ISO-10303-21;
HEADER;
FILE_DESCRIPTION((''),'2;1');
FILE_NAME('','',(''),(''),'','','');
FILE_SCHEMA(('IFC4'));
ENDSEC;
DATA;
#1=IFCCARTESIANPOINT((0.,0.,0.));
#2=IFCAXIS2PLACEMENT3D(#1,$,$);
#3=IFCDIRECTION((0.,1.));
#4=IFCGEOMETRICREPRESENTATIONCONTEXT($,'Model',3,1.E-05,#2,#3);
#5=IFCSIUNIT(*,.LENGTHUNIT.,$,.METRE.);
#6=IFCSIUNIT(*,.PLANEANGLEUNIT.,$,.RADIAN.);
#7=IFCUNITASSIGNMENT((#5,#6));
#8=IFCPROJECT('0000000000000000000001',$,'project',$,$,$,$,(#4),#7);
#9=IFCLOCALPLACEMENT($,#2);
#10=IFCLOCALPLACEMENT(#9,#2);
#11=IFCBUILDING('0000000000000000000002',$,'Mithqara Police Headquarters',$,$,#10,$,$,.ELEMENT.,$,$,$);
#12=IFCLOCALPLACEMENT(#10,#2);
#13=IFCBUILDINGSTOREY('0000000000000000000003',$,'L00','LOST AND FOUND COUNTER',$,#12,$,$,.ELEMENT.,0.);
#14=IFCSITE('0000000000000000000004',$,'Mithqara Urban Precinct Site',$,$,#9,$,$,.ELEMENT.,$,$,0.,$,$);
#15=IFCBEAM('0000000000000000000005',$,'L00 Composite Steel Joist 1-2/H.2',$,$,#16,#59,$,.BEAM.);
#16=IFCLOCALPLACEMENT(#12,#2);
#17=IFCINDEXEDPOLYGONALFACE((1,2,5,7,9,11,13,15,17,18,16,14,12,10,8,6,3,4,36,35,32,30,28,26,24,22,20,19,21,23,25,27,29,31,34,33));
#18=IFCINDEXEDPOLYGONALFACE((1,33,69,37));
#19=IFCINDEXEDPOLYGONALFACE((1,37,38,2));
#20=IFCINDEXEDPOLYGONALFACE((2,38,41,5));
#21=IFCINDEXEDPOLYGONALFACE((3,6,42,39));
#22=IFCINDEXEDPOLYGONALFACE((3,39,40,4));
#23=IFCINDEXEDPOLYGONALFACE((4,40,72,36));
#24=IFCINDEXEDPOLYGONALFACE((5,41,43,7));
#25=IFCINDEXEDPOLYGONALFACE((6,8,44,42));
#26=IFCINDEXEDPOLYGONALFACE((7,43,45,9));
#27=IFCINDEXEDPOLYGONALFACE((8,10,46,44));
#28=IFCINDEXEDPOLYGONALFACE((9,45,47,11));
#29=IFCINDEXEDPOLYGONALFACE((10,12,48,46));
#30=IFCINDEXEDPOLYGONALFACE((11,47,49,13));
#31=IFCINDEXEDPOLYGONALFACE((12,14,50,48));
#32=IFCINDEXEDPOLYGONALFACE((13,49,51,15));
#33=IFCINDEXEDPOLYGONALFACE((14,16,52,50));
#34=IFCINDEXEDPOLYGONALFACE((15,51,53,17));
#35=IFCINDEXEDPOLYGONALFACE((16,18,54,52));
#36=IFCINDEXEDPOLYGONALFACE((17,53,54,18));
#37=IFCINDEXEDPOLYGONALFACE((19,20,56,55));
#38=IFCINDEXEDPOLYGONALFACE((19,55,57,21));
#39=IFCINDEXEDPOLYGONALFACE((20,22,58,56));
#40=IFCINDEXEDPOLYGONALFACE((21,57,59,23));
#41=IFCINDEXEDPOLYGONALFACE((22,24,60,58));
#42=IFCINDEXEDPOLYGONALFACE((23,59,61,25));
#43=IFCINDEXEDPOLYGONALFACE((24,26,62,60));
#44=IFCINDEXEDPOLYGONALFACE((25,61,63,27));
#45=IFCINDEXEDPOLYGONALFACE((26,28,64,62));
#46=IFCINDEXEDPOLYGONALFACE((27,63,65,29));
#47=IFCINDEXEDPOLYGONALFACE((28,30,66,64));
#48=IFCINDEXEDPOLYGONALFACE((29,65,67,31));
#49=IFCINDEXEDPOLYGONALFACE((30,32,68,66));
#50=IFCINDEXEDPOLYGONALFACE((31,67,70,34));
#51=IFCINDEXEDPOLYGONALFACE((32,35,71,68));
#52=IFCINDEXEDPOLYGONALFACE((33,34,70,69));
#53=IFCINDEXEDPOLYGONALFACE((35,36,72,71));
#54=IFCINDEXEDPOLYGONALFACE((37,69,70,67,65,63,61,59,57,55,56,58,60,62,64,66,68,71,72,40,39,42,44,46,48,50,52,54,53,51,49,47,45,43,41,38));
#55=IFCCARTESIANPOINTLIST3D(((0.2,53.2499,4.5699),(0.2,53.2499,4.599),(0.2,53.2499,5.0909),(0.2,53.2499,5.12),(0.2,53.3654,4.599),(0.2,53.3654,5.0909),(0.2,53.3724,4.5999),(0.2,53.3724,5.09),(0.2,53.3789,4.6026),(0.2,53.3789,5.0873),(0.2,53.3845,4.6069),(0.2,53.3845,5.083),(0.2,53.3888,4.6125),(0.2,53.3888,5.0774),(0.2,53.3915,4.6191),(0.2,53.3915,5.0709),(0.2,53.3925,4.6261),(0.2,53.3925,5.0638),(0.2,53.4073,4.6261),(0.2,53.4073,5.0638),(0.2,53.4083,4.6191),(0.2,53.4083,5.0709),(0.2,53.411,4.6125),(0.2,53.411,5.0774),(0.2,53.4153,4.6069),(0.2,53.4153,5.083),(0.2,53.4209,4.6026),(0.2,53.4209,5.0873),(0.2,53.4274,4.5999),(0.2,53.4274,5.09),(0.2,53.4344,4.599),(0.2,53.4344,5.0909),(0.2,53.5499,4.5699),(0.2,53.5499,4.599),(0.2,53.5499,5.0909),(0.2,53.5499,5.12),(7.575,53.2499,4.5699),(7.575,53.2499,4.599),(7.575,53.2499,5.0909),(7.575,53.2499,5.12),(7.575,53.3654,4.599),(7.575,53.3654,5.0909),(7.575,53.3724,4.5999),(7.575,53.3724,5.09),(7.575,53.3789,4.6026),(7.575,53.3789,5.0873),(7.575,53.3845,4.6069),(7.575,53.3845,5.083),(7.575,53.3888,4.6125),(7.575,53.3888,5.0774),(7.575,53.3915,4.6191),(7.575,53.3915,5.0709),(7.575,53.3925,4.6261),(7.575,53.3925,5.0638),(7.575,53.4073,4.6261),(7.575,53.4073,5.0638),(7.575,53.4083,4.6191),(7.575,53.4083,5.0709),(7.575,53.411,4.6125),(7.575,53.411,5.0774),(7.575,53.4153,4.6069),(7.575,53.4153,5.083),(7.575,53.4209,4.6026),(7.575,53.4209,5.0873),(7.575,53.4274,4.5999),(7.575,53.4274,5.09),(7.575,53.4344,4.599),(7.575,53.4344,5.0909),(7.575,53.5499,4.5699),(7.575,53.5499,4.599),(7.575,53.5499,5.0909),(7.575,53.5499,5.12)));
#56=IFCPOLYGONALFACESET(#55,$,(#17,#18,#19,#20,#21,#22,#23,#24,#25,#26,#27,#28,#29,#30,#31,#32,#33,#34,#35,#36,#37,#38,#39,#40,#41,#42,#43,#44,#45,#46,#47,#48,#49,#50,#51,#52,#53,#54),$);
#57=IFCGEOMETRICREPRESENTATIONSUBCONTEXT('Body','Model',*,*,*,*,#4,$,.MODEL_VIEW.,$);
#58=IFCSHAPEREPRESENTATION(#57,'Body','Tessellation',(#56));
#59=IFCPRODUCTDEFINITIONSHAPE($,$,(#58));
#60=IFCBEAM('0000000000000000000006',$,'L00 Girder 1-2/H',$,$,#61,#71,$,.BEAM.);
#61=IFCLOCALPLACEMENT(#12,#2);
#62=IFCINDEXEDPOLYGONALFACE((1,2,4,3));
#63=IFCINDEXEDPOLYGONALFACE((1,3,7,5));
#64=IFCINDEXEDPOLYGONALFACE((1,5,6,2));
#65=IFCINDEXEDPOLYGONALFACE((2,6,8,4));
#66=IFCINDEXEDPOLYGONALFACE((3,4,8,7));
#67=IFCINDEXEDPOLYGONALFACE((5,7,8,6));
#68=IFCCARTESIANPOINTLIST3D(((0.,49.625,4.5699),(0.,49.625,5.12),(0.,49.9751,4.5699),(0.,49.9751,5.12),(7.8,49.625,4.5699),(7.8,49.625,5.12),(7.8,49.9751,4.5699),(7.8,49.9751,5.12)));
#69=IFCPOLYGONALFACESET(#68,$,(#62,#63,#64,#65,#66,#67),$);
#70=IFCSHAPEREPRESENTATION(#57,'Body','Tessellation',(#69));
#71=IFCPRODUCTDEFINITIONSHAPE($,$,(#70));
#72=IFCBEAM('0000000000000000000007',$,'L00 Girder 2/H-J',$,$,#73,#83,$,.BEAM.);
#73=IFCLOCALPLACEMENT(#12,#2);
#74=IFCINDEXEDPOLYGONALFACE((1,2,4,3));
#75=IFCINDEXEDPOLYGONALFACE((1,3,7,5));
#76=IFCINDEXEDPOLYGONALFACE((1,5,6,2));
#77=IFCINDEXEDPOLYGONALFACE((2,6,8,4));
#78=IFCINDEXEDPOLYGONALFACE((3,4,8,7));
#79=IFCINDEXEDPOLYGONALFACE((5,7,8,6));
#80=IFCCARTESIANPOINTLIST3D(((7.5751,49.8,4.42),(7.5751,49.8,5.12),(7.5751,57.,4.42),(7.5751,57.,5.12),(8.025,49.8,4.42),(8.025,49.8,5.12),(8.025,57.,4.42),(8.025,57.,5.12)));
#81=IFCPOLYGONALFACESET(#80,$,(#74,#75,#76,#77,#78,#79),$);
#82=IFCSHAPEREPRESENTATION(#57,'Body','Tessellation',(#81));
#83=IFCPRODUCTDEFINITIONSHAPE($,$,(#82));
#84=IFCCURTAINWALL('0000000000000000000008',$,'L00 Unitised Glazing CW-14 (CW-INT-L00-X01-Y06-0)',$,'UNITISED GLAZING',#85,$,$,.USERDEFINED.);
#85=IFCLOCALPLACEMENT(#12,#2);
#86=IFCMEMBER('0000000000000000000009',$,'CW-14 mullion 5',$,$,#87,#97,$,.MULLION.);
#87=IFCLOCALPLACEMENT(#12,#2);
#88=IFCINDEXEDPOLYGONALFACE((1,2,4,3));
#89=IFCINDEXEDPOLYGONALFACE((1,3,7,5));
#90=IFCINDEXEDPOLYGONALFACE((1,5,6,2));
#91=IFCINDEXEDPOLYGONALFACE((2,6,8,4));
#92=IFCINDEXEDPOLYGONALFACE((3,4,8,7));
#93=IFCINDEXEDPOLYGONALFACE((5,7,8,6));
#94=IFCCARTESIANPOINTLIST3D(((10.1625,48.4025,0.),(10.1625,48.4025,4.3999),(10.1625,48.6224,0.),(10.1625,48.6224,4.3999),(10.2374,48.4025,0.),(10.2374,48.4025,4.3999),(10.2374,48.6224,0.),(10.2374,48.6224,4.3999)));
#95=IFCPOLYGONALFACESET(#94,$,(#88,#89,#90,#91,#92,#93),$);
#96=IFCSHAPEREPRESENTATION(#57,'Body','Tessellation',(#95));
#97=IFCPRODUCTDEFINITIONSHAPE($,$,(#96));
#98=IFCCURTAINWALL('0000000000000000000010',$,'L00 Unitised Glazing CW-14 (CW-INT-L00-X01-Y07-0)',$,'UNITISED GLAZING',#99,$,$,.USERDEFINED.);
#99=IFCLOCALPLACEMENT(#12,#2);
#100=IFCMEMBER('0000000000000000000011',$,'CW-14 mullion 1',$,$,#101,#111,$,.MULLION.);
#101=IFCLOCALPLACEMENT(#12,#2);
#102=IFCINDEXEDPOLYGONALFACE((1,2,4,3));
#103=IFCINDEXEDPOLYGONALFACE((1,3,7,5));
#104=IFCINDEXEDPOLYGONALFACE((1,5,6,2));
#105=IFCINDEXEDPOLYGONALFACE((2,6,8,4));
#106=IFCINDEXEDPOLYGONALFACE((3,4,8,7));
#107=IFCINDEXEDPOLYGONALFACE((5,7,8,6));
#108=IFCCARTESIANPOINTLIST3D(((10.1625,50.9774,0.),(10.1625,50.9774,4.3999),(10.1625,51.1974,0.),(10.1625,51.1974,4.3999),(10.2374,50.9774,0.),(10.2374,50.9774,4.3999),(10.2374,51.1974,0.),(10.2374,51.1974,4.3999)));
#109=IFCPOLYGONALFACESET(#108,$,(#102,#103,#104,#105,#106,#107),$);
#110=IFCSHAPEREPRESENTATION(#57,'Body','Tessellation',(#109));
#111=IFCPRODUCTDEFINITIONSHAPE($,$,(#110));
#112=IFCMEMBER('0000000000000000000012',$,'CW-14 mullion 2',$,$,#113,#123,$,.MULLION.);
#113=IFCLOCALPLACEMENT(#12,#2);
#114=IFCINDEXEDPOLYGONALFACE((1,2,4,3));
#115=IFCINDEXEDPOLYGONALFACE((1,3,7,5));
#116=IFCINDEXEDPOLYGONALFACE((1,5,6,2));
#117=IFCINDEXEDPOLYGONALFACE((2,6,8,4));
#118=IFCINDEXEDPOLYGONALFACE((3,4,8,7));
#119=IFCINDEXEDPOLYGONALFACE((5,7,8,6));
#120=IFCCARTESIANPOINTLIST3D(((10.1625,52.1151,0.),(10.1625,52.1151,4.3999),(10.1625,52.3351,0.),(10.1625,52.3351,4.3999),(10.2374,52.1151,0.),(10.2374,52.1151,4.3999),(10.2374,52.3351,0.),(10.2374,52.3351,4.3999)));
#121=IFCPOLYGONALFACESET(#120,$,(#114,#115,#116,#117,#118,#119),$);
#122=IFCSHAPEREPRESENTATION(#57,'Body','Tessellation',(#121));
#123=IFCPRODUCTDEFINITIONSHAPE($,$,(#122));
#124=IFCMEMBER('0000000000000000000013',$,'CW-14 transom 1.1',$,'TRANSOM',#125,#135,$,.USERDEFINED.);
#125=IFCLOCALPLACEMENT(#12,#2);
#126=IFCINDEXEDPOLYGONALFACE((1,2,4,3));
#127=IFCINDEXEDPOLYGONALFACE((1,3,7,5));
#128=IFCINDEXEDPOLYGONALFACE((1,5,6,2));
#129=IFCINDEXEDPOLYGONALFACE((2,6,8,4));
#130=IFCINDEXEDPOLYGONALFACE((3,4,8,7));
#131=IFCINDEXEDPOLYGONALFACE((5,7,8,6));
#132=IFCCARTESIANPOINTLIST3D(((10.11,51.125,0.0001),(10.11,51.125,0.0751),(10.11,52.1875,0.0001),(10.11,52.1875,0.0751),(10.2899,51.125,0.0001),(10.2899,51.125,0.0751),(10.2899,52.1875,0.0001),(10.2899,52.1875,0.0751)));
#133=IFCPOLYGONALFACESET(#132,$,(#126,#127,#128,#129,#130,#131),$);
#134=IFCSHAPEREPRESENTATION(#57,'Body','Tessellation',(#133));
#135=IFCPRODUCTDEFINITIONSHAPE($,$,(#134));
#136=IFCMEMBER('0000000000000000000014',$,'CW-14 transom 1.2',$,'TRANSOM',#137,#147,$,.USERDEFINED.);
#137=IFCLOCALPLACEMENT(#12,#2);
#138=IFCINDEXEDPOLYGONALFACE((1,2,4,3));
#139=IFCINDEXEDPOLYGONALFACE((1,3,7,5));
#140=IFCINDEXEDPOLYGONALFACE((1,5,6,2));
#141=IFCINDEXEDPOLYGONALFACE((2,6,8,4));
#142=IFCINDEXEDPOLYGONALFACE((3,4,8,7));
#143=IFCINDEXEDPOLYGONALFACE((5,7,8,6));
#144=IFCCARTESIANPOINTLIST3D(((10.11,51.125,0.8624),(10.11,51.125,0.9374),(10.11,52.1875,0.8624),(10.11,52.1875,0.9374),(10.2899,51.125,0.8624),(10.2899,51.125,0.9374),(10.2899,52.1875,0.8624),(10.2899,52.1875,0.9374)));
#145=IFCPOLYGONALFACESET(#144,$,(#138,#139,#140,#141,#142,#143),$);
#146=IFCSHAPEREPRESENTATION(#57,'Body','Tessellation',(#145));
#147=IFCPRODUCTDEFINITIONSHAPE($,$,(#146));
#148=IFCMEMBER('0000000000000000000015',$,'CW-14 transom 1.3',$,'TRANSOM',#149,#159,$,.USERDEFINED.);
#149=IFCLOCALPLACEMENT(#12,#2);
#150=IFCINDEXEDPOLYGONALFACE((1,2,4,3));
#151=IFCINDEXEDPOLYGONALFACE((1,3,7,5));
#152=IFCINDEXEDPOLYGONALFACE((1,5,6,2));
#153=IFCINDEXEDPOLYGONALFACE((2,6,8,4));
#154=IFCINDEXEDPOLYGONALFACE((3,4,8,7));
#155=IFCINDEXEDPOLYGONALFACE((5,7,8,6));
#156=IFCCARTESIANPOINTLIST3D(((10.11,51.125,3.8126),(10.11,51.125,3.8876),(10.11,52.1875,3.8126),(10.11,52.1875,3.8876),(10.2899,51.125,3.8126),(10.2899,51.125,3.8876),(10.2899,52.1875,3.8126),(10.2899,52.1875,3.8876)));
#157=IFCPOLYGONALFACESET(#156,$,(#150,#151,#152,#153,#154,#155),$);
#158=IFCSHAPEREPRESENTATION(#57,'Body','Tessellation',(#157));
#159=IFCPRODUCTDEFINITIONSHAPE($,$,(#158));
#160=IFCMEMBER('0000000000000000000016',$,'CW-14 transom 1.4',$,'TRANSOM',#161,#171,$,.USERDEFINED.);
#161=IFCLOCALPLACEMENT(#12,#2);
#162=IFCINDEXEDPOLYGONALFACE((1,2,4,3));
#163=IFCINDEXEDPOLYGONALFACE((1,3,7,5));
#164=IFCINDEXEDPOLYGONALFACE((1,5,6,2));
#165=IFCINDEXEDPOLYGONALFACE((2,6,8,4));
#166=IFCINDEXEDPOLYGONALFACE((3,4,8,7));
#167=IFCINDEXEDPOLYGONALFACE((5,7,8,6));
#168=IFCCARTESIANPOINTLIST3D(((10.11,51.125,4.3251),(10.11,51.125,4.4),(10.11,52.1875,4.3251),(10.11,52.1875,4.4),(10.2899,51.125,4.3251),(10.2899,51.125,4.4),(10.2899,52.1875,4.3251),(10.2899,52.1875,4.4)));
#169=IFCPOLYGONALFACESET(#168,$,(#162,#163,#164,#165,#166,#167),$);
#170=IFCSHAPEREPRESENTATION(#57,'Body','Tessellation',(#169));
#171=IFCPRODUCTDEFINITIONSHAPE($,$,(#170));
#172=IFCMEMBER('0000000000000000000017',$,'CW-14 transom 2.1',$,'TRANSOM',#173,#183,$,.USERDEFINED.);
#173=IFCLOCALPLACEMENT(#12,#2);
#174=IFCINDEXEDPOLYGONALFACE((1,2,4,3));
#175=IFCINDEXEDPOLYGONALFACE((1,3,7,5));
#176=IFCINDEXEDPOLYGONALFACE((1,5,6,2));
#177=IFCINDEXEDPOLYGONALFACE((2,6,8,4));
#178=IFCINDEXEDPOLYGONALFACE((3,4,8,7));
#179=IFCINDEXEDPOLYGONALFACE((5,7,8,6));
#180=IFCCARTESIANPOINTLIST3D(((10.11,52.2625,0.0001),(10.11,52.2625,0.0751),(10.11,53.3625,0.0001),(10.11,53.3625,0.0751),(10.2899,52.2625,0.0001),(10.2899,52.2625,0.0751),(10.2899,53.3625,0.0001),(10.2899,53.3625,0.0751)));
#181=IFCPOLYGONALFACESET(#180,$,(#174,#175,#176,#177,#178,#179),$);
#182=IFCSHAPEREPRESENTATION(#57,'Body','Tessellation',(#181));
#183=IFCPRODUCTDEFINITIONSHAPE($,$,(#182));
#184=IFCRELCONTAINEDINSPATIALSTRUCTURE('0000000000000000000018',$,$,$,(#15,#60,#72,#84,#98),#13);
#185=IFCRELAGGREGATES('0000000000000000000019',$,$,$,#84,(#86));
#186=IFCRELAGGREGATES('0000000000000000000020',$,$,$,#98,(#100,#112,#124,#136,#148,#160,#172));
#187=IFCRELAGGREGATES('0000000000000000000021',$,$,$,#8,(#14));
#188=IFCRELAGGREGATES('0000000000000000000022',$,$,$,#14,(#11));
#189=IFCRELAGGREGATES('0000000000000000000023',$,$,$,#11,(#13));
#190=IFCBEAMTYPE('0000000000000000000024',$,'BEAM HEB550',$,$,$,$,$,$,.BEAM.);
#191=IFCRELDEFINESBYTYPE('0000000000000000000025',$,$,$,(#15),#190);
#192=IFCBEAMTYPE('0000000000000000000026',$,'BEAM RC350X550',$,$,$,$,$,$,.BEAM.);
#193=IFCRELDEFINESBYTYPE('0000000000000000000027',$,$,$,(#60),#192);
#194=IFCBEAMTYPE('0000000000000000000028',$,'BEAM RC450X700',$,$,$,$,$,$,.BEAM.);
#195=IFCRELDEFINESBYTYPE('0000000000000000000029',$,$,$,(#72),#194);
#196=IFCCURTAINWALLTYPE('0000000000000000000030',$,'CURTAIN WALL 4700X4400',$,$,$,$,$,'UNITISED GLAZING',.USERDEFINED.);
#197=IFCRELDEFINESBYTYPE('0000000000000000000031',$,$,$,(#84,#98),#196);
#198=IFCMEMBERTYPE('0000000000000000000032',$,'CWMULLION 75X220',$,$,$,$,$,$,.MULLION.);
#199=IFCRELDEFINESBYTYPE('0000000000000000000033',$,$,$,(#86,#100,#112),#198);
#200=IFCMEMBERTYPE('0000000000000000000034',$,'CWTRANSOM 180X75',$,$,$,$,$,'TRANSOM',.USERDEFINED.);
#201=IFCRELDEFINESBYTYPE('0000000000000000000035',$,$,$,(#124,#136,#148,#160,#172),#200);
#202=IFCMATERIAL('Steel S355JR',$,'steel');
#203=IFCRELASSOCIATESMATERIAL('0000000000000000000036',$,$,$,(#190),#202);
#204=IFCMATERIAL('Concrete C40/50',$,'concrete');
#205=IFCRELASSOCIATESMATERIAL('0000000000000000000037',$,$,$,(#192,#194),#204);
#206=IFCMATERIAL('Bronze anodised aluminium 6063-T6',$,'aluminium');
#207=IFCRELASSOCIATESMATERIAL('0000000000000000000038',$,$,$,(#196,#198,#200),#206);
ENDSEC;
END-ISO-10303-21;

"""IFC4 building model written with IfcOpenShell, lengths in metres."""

from ifc_helpers import new_model, si_unit, direction, frame, origin, origin_2d, place, context, subcontext, project, spatial, rectangle, i_section, extrude, material, material_profile, profile_set, type_object, element, aggregate, save


model = new_model("IFC4")

# Units and contexts
model_context = context("Model", 3, precision=1e-05, world=origin(), true_north=direction((0.0, 1.0)))
body_context = subcontext(model_context, "Body", "Model", "MODEL_VIEW")
ifc_project = project(units=[si_unit("LENGTHUNIT", "METRE"), si_unit("PLANEANGLEUNIT", "RADIAN")], contexts=[model_context])

# Site, building, storey
site_placement = place(None, origin())
site = spatial("IfcSite", under=ifc_project, at=site_placement, Name="Mithqara Urban Precinct Site", CompositionType="ELEMENT", RefElevation=0.0)
building_placement = place(site_placement, origin())
building = spatial("IfcBuilding", under=site, at=building_placement, Name="Mithqara Police Headquarters", CompositionType="ELEMENT")
storey_placement = place(building_placement, origin())
storey = spatial("IfcBuildingStorey", under=building, at=storey_placement, Name="L00", Description="LOST AND FOUND COUNTER", CompositionType="ELEMENT", Elevation=0.0)

# Shared definitions
ifc_material_1 = material(Name="Concrete C40/50", Category="concrete")

# Beams
ifc_material_2 = material(Name="Steel S355JR", Category="steel")
ifc_material_profile_1 = material_profile(ifc_material_2, i_section(OverallWidth=0.3, OverallDepth=0.55, WebThickness=0.0149, FlangeThickness=0.0291, FilletRadius=0.0271, at=origin_2d()), Name="HEB 550")
ifc_profile_set_1 = profile_set([ifc_material_profile_1], Name="Steel S355JR")
beam_type_1 = type_object("IfcBeamType", Name="BEAM HEB550", PredefinedType="BEAM", material=ifc_profile_set_1)
for number, where, z_axis, x_axis, name in (
    (1, (0.2, 53.3999, 4.845), (1.0, 0.0, 0.0), (0.0, 1.0, 0.0), "L00 Composite Steel Joist 1-2/H.2"),
):
    element("IfcBeam", number, at=place(storey_placement, frame(where, z_axis=z_axis, x_axis=x_axis)), inside=storey, type_object=beam_type_1, Name=name, PredefinedType="BEAM", context=body_context, shape_type="SweptSolid", body=[
        extrude(i_section(OverallWidth=0.3, OverallDepth=0.55, WebThickness=0.0149, FlangeThickness=0.0291, FilletRadius=0.0271, at=origin_2d()), origin(), (0.0, 0.0, 1.0), 7.375),
    ])
ifc_material_profile_2 = material_profile(ifc_material_1, rectangle(XDim=0.3501, YDim=0.55, at=origin_2d()), Name="RC 350x550")
ifc_profile_set_2 = profile_set([ifc_material_profile_2], Name="Concrete C40/50")
beam_type_2 = type_object("IfcBeamType", Name="BEAM RC350X550", PredefinedType="BEAM", material=ifc_profile_set_2)
beam_1_placement = place(storey_placement, frame((0.0, 49.8, 4.845), z_axis=(1.0, 0.0, 0.0), x_axis=(0.0, 1.0, 0.0)))
element("IfcBeam", 2, at=beam_1_placement, inside=storey, type_object=beam_type_2, Name="L00 Girder 1-2/H", PredefinedType="BEAM", context=body_context, shape_type="SweptSolid", body=[
    extrude(rectangle(XDim=0.3501, YDim=0.55, at=origin_2d()), origin(), (0.0, 0.0, 1.0), 7.8),
])
ifc_material_profile_3 = material_profile(ifc_material_1, rectangle(XDim=0.45, YDim=0.7, at=origin_2d()), Name="RC 450x700")
ifc_profile_set_3 = profile_set([ifc_material_profile_3], Name="Concrete C40/50")
beam_type_3 = type_object("IfcBeamType", Name="BEAM RC450X700", PredefinedType="BEAM", material=ifc_profile_set_3)
beam_2_placement = place(storey_placement, frame((7.8, 49.8, 4.77), z_axis=(0.0, 1.0, 0.0), x_axis=(-1.0, 0.0, 0.0)))
element("IfcBeam", 3, at=beam_2_placement, inside=storey, type_object=beam_type_3, Name="L00 Girder 2/H-J", PredefinedType="BEAM", context=body_context, shape_type="SweptSolid", body=[
    extrude(rectangle(XDim=0.45, YDim=0.7, at=origin_2d()), origin(), (0.0, 0.0, 1.0), 7.2),
])

# Curtain wall, member
ifc_material_3 = material(Name="Bronze anodised aluminium 6063-T6", Category="aluminium")
curtain_wall_type = type_object("IfcCurtainWallType", Name="CURTAIN WALL 4700X4400", ElementType="UNITISED GLAZING", PredefinedType="USERDEFINED", material=ifc_material_3)
curtain_wall_1_placement = place(storey_placement, origin())
curtain_wall_1 = element("IfcCurtainWall", 4, at=curtain_wall_1_placement, inside=storey, type_object=curtain_wall_type, Name="L00 Unitised Glazing CW-14 (CW-INT-L00-X01-Y06-0)", ObjectType="UNITISED GLAZING", PredefinedType="USERDEFINED")
ifc_material_profile_4 = material_profile(ifc_material_3, rectangle(XDim=0.075, YDim=0.22, at=origin_2d()), Name="CWM 75x220")
ifc_profile_set_4 = profile_set([ifc_material_profile_4], Name="Bronze anodised aluminium 6063-T6")
member_type_1 = type_object("IfcMemberType", Name="CWMULLION 75X220", PredefinedType="MULLION", material=ifc_profile_set_4)
member_1_placement = place(storey_placement, frame((10.2, 48.5125, 0.0), z_axis=(0.0, 0.0, 1.0), x_axis=(-1.0, 0.0, 0.0)))
member_1 = element("IfcMember", 5, at=member_1_placement, type_object=member_type_1, Name="CW-14 mullion 5", PredefinedType="MULLION", context=body_context, shape_type="SweptSolid", body=[
    extrude(rectangle(XDim=0.075, YDim=0.22, at=origin_2d()), origin(), (0.0, 0.0, 1.0), 4.3999),
])

# Curtain wall, members
curtain_wall_2_placement = place(storey_placement, origin())
curtain_wall_2 = element("IfcCurtainWall", 6, at=curtain_wall_2_placement, inside=storey, type_object=curtain_wall_type, Name="L00 Unitised Glazing CW-14 (CW-INT-L00-X01-Y07-0)", ObjectType="UNITISED GLAZING", PredefinedType="USERDEFINED")
member_2_placement = place(storey_placement, frame((10.2, 51.0874, 0.0), z_axis=(0.0, 0.0, 1.0), x_axis=(-1.0, 0.0, 0.0)))
member_2 = element("IfcMember", 7, at=member_2_placement, type_object=member_type_1, Name="CW-14 mullion 1", PredefinedType="MULLION", context=body_context, shape_type="SweptSolid", body=[
    extrude(rectangle(XDim=0.075, YDim=0.22, at=origin_2d()), origin(), (0.0, 0.0, 1.0), 4.3999),
])
member_3_placement = place(storey_placement, frame((10.2, 52.2251, 0.0), z_axis=(0.0, 0.0, 1.0), x_axis=(-1.0, 0.0, 0.0)))
member_3 = element("IfcMember", 8, at=member_3_placement, type_object=member_type_1, Name="CW-14 mullion 2", PredefinedType="MULLION", context=body_context, shape_type="SweptSolid", body=[
    extrude(rectangle(XDim=0.075, YDim=0.22, at=origin_2d()), origin(), (0.0, 0.0, 1.0), 4.3999),
])
ifc_material_profile_5 = material_profile(ifc_material_3, rectangle(XDim=0.1799, YDim=0.075, at=origin_2d()), Name="CWT 180x75")
ifc_profile_set_5 = profile_set([ifc_material_profile_5], Name="Bronze anodised aluminium 6063-T6")
member_type_2 = type_object("IfcMemberType", Name="CWTRANSOM 180X75", ElementType="TRANSOM", PredefinedType="USERDEFINED", material=ifc_profile_set_5)
member_4_placement = place(storey_placement, frame((10.2, 51.125, 0.0376), z_axis=(0.0, 1.0, 0.0), x_axis=(-1.0, 0.0, 0.0)))
member_4 = element("IfcMember", 9, at=member_4_placement, type_object=member_type_2, Name="CW-14 transom 1.1", ObjectType="TRANSOM", PredefinedType="USERDEFINED", context=body_context, shape_type="SweptSolid", body=[
    extrude(rectangle(XDim=0.1799, YDim=0.075, at=origin_2d()), origin(), (0.0, 0.0, 1.0), 1.0625),
])
member_5_placement = place(storey_placement, frame((10.2, 51.125, 0.8999), z_axis=(0.0, 1.0, 0.0), x_axis=(-1.0, 0.0, 0.0)))
member_5 = element("IfcMember", 10, at=member_5_placement, type_object=member_type_2, Name="CW-14 transom 1.2", ObjectType="TRANSOM", PredefinedType="USERDEFINED", context=body_context, shape_type="SweptSolid", body=[
    extrude(rectangle(XDim=0.1799, YDim=0.075, at=origin_2d()), origin(), (0.0, 0.0, 1.0), 1.0625),
])
member_6_placement = place(storey_placement, frame((10.2, 51.125, 3.8501), z_axis=(0.0, 1.0, 0.0), x_axis=(-1.0, 0.0, 0.0)))
member_6 = element("IfcMember", 11, at=member_6_placement, type_object=member_type_2, Name="CW-14 transom 1.3", ObjectType="TRANSOM", PredefinedType="USERDEFINED", context=body_context, shape_type="SweptSolid", body=[
    extrude(rectangle(XDim=0.1799, YDim=0.075, at=origin_2d()), origin(), (0.0, 0.0, 1.0), 1.0625),
])
member_7_placement = place(storey_placement, frame((10.2, 51.125, 4.3625), z_axis=(0.0, 1.0, 0.0), x_axis=(-1.0, 0.0, 0.0)))
member_7 = element("IfcMember", 12, at=member_7_placement, type_object=member_type_2, Name="CW-14 transom 1.4", ObjectType="TRANSOM", PredefinedType="USERDEFINED", context=body_context, shape_type="SweptSolid", body=[
    extrude(rectangle(XDim=0.1799, YDim=0.075, at=origin_2d()), origin(), (0.0, 0.0, 1.0), 1.0625),
])
member_8_placement = place(storey_placement, frame((10.2, 52.2625, 0.0376), z_axis=(0.0, 1.0, 0.0), x_axis=(-1.0, 0.0, 0.0)))
member_8 = element("IfcMember", 13, at=member_8_placement, type_object=member_type_2, Name="CW-14 transom 2.1", ObjectType="TRANSOM", PredefinedType="USERDEFINED", context=body_context, shape_type="SweptSolid", body=[
    extrude(rectangle(XDim=0.1799, YDim=0.075, at=origin_2d()), origin(), (0.0, 0.0, 1.0), 1.1001),
])

aggregate(curtain_wall_1, [member_1])
aggregate(curtain_wall_2, [member_2, member_3, member_4, member_5, member_6, member_7, member_8])

save(model, "model.ifc")
